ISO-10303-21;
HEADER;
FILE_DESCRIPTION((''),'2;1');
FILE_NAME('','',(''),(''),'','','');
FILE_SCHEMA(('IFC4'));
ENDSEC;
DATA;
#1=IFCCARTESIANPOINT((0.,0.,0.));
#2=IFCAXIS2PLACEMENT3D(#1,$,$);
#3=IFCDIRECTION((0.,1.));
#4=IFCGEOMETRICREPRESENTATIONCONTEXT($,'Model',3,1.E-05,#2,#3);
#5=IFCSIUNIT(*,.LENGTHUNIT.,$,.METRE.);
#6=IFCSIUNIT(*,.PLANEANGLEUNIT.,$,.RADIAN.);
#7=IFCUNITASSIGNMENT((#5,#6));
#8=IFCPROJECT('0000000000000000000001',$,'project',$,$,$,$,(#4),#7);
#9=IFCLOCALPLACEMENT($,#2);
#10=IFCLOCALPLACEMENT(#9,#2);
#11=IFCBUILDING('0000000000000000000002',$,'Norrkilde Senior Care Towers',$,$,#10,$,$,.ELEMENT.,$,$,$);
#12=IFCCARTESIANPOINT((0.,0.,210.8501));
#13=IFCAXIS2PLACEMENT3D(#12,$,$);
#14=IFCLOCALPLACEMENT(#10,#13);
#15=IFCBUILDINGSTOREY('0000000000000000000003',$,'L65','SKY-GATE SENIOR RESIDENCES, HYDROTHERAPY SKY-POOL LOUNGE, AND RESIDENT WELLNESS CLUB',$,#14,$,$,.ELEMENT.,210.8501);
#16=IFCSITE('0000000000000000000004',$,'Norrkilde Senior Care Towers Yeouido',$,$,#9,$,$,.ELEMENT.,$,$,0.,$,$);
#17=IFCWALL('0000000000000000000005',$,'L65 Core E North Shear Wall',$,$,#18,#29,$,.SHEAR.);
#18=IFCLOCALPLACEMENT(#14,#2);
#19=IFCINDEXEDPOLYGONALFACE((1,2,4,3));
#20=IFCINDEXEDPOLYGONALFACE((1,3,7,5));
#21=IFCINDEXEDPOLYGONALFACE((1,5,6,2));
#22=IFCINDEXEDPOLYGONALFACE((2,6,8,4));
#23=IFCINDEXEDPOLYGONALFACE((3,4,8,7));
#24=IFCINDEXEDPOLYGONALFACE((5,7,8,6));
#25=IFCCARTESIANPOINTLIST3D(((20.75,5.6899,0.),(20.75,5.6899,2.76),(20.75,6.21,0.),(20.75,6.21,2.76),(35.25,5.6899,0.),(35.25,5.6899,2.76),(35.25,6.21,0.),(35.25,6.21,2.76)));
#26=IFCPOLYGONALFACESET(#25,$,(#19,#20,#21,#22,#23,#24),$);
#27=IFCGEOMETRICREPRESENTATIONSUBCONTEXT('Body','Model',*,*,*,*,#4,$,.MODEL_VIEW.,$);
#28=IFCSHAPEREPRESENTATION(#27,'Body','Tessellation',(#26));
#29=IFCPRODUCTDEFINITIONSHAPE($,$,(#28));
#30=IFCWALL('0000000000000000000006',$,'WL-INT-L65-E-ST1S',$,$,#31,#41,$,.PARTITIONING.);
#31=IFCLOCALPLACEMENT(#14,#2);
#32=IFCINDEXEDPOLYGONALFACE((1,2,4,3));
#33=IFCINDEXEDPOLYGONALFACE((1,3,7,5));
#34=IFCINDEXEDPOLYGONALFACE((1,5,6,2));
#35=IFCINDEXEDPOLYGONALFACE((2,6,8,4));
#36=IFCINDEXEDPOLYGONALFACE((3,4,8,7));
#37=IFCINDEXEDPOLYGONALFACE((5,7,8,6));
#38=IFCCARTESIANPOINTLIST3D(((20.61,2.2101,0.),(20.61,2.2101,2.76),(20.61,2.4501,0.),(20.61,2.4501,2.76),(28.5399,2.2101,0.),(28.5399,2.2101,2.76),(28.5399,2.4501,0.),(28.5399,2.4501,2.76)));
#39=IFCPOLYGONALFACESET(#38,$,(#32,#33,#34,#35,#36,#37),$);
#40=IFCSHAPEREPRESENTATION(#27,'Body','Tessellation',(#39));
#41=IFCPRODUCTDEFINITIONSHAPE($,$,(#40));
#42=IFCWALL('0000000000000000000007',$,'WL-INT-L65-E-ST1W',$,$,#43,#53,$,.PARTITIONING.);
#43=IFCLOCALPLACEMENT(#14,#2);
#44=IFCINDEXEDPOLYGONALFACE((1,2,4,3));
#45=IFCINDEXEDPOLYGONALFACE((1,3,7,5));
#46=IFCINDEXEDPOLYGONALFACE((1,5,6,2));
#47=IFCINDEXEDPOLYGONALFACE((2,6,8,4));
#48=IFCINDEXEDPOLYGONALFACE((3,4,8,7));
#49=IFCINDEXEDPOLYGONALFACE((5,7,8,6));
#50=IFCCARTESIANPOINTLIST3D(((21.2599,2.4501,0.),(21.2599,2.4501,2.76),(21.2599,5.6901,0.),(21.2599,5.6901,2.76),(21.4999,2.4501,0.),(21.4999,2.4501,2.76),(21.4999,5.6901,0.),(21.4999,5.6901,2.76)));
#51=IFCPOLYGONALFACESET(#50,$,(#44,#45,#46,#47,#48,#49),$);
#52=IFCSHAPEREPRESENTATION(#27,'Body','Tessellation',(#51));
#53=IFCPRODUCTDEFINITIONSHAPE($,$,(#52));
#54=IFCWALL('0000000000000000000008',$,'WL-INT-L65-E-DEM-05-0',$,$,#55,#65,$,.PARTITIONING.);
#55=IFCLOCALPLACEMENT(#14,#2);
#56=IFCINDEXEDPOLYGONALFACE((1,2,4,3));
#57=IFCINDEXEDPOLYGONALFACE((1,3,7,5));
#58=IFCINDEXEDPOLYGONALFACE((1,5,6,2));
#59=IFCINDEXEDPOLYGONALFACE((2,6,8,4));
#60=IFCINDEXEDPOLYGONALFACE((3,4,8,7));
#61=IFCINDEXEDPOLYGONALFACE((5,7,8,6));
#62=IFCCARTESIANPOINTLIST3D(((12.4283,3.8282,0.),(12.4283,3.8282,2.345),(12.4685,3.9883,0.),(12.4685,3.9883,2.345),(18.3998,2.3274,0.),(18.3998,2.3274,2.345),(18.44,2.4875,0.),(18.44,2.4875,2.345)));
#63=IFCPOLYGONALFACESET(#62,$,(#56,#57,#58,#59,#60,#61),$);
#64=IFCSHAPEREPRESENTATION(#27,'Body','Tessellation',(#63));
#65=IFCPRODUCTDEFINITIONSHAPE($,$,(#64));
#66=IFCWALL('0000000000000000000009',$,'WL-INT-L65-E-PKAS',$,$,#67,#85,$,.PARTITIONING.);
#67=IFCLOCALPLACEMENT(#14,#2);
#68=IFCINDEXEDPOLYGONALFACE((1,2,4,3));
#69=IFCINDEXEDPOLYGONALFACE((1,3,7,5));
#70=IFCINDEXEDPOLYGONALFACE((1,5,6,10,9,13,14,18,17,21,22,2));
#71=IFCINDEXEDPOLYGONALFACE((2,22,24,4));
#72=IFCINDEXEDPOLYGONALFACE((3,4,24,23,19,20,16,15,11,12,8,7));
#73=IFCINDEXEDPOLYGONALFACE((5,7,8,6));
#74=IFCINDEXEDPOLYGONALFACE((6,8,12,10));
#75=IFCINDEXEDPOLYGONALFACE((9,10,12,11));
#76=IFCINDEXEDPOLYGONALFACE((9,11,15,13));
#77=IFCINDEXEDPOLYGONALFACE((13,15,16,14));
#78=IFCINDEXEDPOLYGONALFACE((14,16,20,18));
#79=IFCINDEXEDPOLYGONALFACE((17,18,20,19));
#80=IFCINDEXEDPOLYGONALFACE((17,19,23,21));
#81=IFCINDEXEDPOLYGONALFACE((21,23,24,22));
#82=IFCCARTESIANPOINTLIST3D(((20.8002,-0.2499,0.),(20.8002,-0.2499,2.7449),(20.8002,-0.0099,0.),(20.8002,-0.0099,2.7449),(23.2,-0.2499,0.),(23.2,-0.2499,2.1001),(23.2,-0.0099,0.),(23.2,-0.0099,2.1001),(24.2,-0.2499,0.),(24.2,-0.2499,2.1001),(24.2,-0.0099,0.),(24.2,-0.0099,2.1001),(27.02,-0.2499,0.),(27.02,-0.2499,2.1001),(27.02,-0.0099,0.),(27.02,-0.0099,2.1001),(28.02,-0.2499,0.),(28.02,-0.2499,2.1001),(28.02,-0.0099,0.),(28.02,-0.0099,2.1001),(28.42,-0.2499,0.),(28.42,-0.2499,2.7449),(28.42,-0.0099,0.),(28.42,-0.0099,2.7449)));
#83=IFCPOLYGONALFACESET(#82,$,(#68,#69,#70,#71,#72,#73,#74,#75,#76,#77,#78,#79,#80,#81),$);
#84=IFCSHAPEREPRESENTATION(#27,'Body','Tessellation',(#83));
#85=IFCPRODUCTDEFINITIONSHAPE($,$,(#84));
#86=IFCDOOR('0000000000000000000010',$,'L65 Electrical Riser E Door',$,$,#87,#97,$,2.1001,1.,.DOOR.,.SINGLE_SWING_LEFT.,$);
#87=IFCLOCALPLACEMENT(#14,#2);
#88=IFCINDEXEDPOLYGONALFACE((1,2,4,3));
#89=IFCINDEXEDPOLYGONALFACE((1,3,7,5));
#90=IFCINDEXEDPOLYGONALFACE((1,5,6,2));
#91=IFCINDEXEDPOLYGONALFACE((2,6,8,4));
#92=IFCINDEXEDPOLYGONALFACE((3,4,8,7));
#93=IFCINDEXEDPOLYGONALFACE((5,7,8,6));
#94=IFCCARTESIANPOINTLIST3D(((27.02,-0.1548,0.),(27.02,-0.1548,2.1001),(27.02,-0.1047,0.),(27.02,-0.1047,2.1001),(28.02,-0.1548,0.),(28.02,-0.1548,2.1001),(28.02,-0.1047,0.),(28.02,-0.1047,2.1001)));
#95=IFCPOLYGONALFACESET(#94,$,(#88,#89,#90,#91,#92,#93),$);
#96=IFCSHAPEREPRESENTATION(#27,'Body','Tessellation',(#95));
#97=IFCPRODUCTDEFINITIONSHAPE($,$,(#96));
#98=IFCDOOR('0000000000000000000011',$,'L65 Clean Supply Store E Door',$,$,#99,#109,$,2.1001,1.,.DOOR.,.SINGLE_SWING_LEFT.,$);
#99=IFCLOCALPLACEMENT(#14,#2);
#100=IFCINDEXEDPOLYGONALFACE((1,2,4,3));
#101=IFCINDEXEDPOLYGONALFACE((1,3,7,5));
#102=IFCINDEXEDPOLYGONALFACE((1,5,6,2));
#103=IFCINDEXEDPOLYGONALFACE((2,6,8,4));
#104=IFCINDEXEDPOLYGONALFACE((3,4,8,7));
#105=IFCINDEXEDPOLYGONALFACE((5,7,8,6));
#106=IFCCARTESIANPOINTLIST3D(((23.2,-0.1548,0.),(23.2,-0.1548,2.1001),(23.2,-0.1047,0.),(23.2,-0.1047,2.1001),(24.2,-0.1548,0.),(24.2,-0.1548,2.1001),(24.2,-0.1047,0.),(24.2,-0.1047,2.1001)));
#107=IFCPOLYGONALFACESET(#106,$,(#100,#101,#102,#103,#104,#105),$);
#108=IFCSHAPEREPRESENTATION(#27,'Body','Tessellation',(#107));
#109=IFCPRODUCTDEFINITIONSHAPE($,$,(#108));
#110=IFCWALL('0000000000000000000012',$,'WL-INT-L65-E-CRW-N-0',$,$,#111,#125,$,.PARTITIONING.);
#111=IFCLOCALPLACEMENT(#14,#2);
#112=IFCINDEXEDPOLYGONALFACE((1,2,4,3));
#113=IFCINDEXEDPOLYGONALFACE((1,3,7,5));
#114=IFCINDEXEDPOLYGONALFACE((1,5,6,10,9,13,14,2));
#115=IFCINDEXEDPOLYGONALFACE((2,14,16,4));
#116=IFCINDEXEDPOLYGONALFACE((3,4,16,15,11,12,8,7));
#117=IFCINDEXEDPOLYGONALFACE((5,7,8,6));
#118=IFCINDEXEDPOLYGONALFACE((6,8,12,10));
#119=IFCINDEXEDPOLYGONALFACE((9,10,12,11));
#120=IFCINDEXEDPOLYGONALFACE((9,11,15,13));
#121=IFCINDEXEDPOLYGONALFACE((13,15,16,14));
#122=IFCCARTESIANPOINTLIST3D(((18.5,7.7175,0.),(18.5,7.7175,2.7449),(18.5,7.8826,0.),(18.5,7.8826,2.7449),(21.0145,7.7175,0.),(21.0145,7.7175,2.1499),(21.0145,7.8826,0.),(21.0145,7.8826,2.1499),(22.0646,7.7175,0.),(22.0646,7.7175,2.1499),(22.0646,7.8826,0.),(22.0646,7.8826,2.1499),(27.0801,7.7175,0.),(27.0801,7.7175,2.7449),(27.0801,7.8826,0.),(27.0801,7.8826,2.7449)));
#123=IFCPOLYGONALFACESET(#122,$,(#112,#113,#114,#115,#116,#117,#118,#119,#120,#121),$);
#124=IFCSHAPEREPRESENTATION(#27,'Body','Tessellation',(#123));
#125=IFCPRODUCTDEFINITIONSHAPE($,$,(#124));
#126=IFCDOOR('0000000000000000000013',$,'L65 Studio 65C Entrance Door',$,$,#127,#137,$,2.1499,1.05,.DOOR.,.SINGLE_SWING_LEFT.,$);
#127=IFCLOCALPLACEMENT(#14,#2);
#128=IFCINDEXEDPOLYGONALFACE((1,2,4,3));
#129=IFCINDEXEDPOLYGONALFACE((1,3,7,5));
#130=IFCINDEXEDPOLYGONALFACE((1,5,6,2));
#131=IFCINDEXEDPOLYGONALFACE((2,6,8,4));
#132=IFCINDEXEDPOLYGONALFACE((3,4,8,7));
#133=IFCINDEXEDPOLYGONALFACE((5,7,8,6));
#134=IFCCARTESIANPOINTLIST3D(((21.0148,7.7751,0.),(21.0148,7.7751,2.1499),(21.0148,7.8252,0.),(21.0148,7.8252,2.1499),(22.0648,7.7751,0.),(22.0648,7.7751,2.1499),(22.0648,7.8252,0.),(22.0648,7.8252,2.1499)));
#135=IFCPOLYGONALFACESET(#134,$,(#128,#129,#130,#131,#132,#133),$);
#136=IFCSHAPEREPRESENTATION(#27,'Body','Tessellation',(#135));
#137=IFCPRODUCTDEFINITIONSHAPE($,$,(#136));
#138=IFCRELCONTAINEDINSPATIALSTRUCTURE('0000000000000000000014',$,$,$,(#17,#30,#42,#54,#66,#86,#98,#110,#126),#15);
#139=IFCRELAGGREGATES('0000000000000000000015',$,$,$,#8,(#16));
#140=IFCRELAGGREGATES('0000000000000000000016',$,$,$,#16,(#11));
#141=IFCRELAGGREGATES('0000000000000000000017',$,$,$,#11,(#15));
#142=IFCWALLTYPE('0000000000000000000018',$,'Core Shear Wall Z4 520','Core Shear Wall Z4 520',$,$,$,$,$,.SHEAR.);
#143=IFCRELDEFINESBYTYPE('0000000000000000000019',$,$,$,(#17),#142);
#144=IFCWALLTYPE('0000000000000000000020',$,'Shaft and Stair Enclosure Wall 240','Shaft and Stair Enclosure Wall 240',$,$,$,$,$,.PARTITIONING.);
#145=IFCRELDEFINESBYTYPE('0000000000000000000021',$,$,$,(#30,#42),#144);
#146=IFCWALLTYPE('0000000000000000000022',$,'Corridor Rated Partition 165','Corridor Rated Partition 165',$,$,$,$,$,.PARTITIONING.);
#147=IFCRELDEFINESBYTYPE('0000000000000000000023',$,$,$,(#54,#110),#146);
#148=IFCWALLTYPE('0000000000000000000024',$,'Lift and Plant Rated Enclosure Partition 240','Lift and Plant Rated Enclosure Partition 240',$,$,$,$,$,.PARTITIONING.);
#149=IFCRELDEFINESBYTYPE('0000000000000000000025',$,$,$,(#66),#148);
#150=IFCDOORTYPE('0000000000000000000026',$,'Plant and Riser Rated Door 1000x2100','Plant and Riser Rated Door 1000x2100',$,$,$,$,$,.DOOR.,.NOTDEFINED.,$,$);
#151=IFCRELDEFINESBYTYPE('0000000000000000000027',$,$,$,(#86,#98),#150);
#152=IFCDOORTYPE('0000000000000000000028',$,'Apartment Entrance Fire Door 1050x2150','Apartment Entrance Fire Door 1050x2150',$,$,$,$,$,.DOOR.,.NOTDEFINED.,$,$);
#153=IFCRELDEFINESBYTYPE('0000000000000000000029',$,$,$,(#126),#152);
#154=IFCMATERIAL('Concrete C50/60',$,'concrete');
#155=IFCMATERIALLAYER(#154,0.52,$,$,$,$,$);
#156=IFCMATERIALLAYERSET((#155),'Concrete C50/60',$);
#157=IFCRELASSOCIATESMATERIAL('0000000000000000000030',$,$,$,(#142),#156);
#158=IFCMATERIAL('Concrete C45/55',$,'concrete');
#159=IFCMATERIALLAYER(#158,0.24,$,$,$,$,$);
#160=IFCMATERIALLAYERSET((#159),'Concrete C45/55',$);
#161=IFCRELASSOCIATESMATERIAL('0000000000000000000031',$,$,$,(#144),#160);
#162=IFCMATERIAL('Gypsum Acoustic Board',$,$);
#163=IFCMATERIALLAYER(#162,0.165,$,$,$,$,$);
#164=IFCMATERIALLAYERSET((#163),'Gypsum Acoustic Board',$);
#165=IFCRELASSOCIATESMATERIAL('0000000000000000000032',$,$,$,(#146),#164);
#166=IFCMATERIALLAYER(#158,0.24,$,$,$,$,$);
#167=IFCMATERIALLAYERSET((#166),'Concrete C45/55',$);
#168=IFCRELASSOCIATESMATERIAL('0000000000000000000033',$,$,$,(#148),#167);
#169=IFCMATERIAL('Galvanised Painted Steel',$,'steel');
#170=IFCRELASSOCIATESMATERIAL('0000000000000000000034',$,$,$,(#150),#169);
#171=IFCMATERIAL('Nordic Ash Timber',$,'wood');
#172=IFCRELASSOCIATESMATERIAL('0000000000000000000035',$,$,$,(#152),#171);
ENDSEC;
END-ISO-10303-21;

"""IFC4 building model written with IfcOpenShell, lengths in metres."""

from ifc_helpers import new_model, si_unit, direction, frame, frame_2d, origin, place, context, subcontext, project, spatial, rectangle, extrude, source, transform, mapped, material, layer, layer_set, type_object, type_shapes, element, fill, save


model = new_model("IFC4")

# Units and contexts
model_context = context("Model", 3, precision=1e-05, world=origin(), true_north=direction((0.0, 1.0)))
body_context = subcontext(model_context, "Body", "Model", "MODEL_VIEW")
ifc_project = project(units=[si_unit("LENGTHUNIT", "METRE"), si_unit("PLANEANGLEUNIT", "RADIAN")], contexts=[model_context])

# Site, building, storey
site_placement = place(None, origin())
site = spatial("IfcSite", under=ifc_project, at=site_placement, Name="Norrkilde Senior Care Towers Yeouido", CompositionType="ELEMENT", RefElevation=0.0)
building_placement = place(site_placement, origin())
building = spatial("IfcBuilding", under=site, at=building_placement, Name="Norrkilde Senior Care Towers", CompositionType="ELEMENT")
storey_placement = place(building_placement, frame((0.0, 0.0, 210.8501)))
storey = spatial("IfcBuildingStorey", under=building, at=storey_placement, Name="L65", Description="SKY-GATE SENIOR RESIDENCES, HYDROTHERAPY SKY-POOL LOUNGE, AND RESIDENT WELLNESS CLUB", CompositionType="ELEMENT", Elevation=210.8501)

# Shared definitions
ifc_material_1 = material(Name="Concrete C50/60", Category="concrete")

# Walls
ifc_layer_1 = layer(ifc_material_1, 0.52)
ifc_layer_set_1 = layer_set([ifc_layer_1], Name="Concrete C50/60")
wall_type_1 = type_object("IfcWallType", Name="Core Shear Wall Z4 520", Description="Core Shear Wall Z4 520", PredefinedType="SHEAR", material=ifc_layer_set_1)
shared_shape_1 = source(origin(), body_context, "Body", "SweptSolid", [
    extrude(rectangle(XDim=14.5, YDim=0.52, at=frame_2d((7.25, 0.0))), origin(), (0.0, 0.0, 1.0), 2.76),
])
type_shapes(wall_type_1, [shared_shape_1])
wall_1_placement = place(storey_placement, frame((20.75, 5.95, 0.0), z_axis=(0.0, 0.0, 1.0), x_axis=(1.0, 0.0, 0.0)))
element("IfcWall", 1, at=wall_1_placement, inside=storey, type_object=wall_type_1, Name="L65 Core E North Shear Wall", PredefinedType="SHEAR", context=body_context, shape_type="MappedRepresentation", body=[
    mapped(shared_shape_1, transform((0.0, 0.0, 0.0), x_axis=(1.0, 0.0, 0.0), y_axis=(0.0, 1.0, 0.0), z_axis=(0.0, 0.0, 1.0), scale=1.0)),
])
ifc_material_2 = material(Name="Concrete C45/55", Category="concrete")
ifc_layer_2 = layer(ifc_material_2, 0.24)
ifc_layer_set_2 = layer_set([ifc_layer_2], Name="Concrete C45/55")
wall_type_2 = type_object("IfcWallType", Name="Shaft and Stair Enclosure Wall 240", Description="Shaft and Stair Enclosure Wall 240", PredefinedType="PARTITIONING", material=ifc_layer_set_2)
shared_shape_2 = source(origin(), body_context, "Body", "SweptSolid", [
    extrude(rectangle(XDim=7.9299, YDim=0.24, at=frame_2d((3.9648, 0.0))), origin(), (0.0, 0.0, 1.0), 2.76),
])
wall_2_placement = place(storey_placement, frame((20.6101, 2.3301, 0.0), z_axis=(0.0, 0.0, 1.0), x_axis=(1.0, 0.0, 0.0)))
element("IfcWall", 2, at=wall_2_placement, inside=storey, type_object=wall_type_2, Name="WL-INT-L65-E-ST1S", PredefinedType="PARTITIONING", context=body_context, shape_type="MappedRepresentation", body=[
    mapped(shared_shape_2, transform((0.0, 0.0, 0.0), x_axis=(1.0, 0.0, 0.0), y_axis=(0.0, 1.0, 0.0), z_axis=(0.0, 0.0, 1.0), scale=1.0)),
])
shared_shape_3 = source(origin(), body_context, "Body", "SweptSolid", [
    extrude(rectangle(XDim=3.24, YDim=0.24, at=frame_2d((1.6201, 0.0))), origin(), (0.0, 0.0, 1.0), 2.76),
])
type_shapes(wall_type_2, [shared_shape_2, shared_shape_3])
wall_3_placement = place(storey_placement, frame((21.3799, 2.45, 0.0), z_axis=(0.0, 0.0, 1.0), x_axis=(0.0, 1.0, 0.0)))
element("IfcWall", 3, at=wall_3_placement, inside=storey, type_object=wall_type_2, Name="WL-INT-L65-E-ST1W", PredefinedType="PARTITIONING", context=body_context, shape_type="MappedRepresentation", body=[
    mapped(shared_shape_3, transform((0.0, 0.0, 0.0), x_axis=(1.0, 0.0, 0.0), y_axis=(0.0, 1.0, 0.0), z_axis=(0.0, 0.0, 1.0), scale=1.0)),
])
ifc_material_3 = material(Name="Gypsum Acoustic Board")
ifc_layer_3 = layer(ifc_material_3, 0.165)
ifc_layer_set_3 = layer_set([ifc_layer_3], Name="Gypsum Acoustic Board")
wall_type_3 = type_object("IfcWallType", Name="Corridor Rated Partition 165", Description="Corridor Rated Partition 165", PredefinedType="PARTITIONING", material=ifc_layer_set_3)
shared_shape_4 = source(origin(), body_context, "Body", "SweptSolid", [
    extrude(rectangle(XDim=6.1572, YDim=0.165, at=frame_2d((3.0786, 0.0))), origin(), (0.0, 0.0, 1.0), 2.345),
])
wall_4_placement = place(storey_placement, frame((18.4199, 2.4075, 0.0), z_axis=(0.0, 0.0, 1.0), x_axis=(-0.969841, 0.243739, 0.0)))
element("IfcWall", 4, at=wall_4_placement, inside=storey, type_object=wall_type_3, Name="WL-INT-L65-E-DEM-05-0", PredefinedType="PARTITIONING", context=body_context, shape_type="MappedRepresentation", body=[
    mapped(shared_shape_4, transform((0.0, 0.0, 0.0), x_axis=(1.0, 0.0, 0.0), y_axis=(0.0, 1.0, 0.0), z_axis=(0.0, 0.0, 1.0), scale=1.0)),
])

# Wall, openings, doors
ifc_layer_4 = layer(ifc_material_2, 0.24)
ifc_layer_set_4 = layer_set([ifc_layer_4], Name="Concrete C45/55")
wall_type_4 = type_object("IfcWallType", Name="Lift and Plant Rated Enclosure Partition 240", Description="Lift and Plant Rated Enclosure Partition 240", PredefinedType="PARTITIONING", material=ifc_layer_set_4)
shared_shape_5 = source(origin(), body_context, "Body", "SweptSolid", [
    extrude(rectangle(XDim=7.6199, YDim=0.24, at=frame_2d((3.8101, 0.0))), origin(), (0.0, 0.0, 1.0), 2.7449),
])
type_shapes(wall_type_4, [shared_shape_5])
wall_5_placement = place(storey_placement, frame((20.8, -0.1299, 0.0), z_axis=(0.0, 0.0, 1.0), x_axis=(1.0, 0.0, 0.0)))
wall_5 = element("IfcWall", 5, at=wall_5_placement, inside=storey, type_object=wall_type_4, Name="WL-INT-L65-E-PKAS", PredefinedType="PARTITIONING", context=body_context, shape_type="MappedRepresentation", body=[
    mapped(shared_shape_5, transform((0.0, 0.0, 0.0), x_axis=(1.0, 0.0, 0.0), y_axis=(0.0, 1.0, 0.0), z_axis=(0.0, 0.0, 1.0), scale=1.0)),
])
opening_1_placement = place(wall_5_placement, frame((6.22, 0.0, 0.0)))
opening_1 = element("IfcOpeningElement", 6, at=opening_1_placement, cuts=wall_5, PredefinedType="OPENING", context=body_context, shape_type="SweptSolid", body=[
    extrude(rectangle(XDim=1.0, YDim=2.1001, at=frame_2d((0.5, 1.05))), frame((0.0, 0.1299, 0.0), z_axis=(0.0, -1.0, 0.0), x_axis=(1.0, 0.0, 0.0)), (0.0, 0.0, 1.0), 0.26),
])
opening_2_placement = place(wall_5_placement, frame((2.3999, 0.0, 0.0)))
opening_2 = element("IfcOpeningElement", 7, at=opening_2_placement, cuts=wall_5, PredefinedType="OPENING", context=body_context, shape_type="SweptSolid", body=[
    extrude(rectangle(XDim=1.0, YDim=2.1001, at=frame_2d((0.5, 1.05))), frame((0.0, 0.1299, 0.0), z_axis=(0.0, -1.0, 0.0), x_axis=(1.0, 0.0, 0.0)), (0.0, 0.0, 1.0), 0.26),
])
ifc_material_4 = material(Name="Galvanised Painted Steel", Category="steel")
door_type_1 = type_object("IfcDoorType", Name="Plant and Riser Rated Door 1000x2100", Description="Plant and Riser Rated Door 1000x2100", OperationType="NOTDEFINED", PredefinedType="DOOR", material=ifc_material_4)
shared_shape_6 = source(origin(), body_context, "Body", "SweptSolid", [
    extrude(rectangle(XDim=1.0, YDim=2.1001, at=frame_2d((0.5, 1.05))), frame((0.0, 0.0249, 0.0), z_axis=(0.0, -1.0, 0.0), x_axis=(1.0, 0.0, 0.0)), (0.0, 0.0, 1.0), 0.05),
])
type_shapes(door_type_1, [shared_shape_6])
door_1_placement = place(opening_1_placement, frame((1.0, 0.0, 0.0), z_axis=(0.0, 0.0, 1.0), x_axis=(-1.0, 0.0, 0.0)))
door_1 = element("IfcDoor", 8, at=door_1_placement, inside=storey, type_object=door_type_1, Name="L65 Electrical Riser E Door", OperationType="SINGLE_SWING_LEFT", OverallHeight=2.1001, OverallWidth=1.0, PredefinedType="DOOR", context=body_context, shape_type="MappedRepresentation", body=[
    mapped(shared_shape_6, transform((0.0, 0.0, 0.0), x_axis=(1.0, 0.0, 0.0), y_axis=(0.0, 1.0, 0.0), z_axis=(0.0, 0.0, 1.0), scale=1.0)),
])
fill(opening_1, door_1)
door_2_placement = place(opening_2_placement, frame((1.0, 0.0, 0.0), z_axis=(0.0, 0.0, 1.0), x_axis=(-1.0, 0.0, 0.0)))
door_2 = element("IfcDoor", 9, at=door_2_placement, inside=storey, type_object=door_type_1, Name="L65 Clean Supply Store E Door", OperationType="SINGLE_SWING_LEFT", OverallHeight=2.1001, OverallWidth=1.0, PredefinedType="DOOR", context=body_context, shape_type="MappedRepresentation", body=[
    mapped(shared_shape_6, transform((0.0, 0.0, 0.0), x_axis=(1.0, 0.0, 0.0), y_axis=(0.0, 1.0, 0.0), z_axis=(0.0, 0.0, 1.0), scale=1.0)),
])
fill(opening_2, door_2)

# Wall, opening, door
shared_shape_7 = source(origin(), body_context, "Body", "SweptSolid", [
    extrude(rectangle(XDim=8.5801, YDim=0.165, at=frame_2d((4.29, 0.0))), origin(), (0.0, 0.0, 1.0), 2.7449),
])
wall_6_placement = place(storey_placement, frame((18.5, 7.8, 0.0), z_axis=(0.0, 0.0, 1.0), x_axis=(1.0, 0.0, 0.0)))
wall_6 = element("IfcWall", 10, at=wall_6_placement, inside=storey, type_object=wall_type_3, Name="WL-INT-L65-E-CRW-N-0", PredefinedType="PARTITIONING", context=body_context, shape_type="MappedRepresentation", body=[
    mapped(shared_shape_7, transform((0.0, 0.0, 0.0), x_axis=(1.0, 0.0, 0.0), y_axis=(0.0, 1.0, 0.0), z_axis=(0.0, 0.0, 1.0), scale=1.0)),
])
opening_3_placement = place(wall_6_placement, frame((2.5146, 0.0, 0.0)))
opening_3 = element("IfcOpeningElement", 11, at=opening_3_placement, cuts=wall_6, PredefinedType="OPENING", context=body_context, shape_type="SweptSolid", body=[
    extrude(rectangle(XDim=1.05, YDim=2.1499, at=frame_2d((0.5249, 1.075))), frame((0.0, 0.0925, 0.0), z_axis=(0.0, -1.0, 0.0), x_axis=(1.0, 0.0, 0.0)), (0.0, 0.0, 1.0), 0.1851),
])
ifc_material_5 = material(Name="Nordic Ash Timber", Category="wood")
door_type_2 = type_object("IfcDoorType", Name="Apartment Entrance Fire Door 1050x2150", Description="Apartment Entrance Fire Door 1050x2150", OperationType="NOTDEFINED", PredefinedType="DOOR", material=ifc_material_5)
shared_shape_8 = source(origin(), body_context, "Body", "SweptSolid", [
    extrude(rectangle(XDim=1.05, YDim=2.1499, at=frame_2d((0.5249, 1.075))), frame((0.0, 0.0249, 0.0), z_axis=(0.0, -1.0, 0.0), x_axis=(1.0, 0.0, 0.0)), (0.0, 0.0, 1.0), 0.05),
])
type_shapes(door_type_2, [shared_shape_8])
door_3_placement = place(opening_3_placement, frame((1.05, 0.0, 0.0), z_axis=(0.0, 0.0, 1.0), x_axis=(-1.0, 0.0, 0.0)))
door_3 = element("IfcDoor", 12, at=door_3_placement, inside=storey, type_object=door_type_2, Name="L65 Studio 65C Entrance Door", OperationType="SINGLE_SWING_LEFT", OverallHeight=2.1499, OverallWidth=1.05, PredefinedType="DOOR", context=body_context, shape_type="MappedRepresentation", body=[
    mapped(shared_shape_8, transform((0.0, 0.0, 0.0), x_axis=(1.0, 0.0, 0.0), y_axis=(0.0, 1.0, 0.0), z_axis=(0.0, 0.0, 1.0), scale=1.0)),
])
fill(opening_3, door_3)

save(model, "model.ifc")
